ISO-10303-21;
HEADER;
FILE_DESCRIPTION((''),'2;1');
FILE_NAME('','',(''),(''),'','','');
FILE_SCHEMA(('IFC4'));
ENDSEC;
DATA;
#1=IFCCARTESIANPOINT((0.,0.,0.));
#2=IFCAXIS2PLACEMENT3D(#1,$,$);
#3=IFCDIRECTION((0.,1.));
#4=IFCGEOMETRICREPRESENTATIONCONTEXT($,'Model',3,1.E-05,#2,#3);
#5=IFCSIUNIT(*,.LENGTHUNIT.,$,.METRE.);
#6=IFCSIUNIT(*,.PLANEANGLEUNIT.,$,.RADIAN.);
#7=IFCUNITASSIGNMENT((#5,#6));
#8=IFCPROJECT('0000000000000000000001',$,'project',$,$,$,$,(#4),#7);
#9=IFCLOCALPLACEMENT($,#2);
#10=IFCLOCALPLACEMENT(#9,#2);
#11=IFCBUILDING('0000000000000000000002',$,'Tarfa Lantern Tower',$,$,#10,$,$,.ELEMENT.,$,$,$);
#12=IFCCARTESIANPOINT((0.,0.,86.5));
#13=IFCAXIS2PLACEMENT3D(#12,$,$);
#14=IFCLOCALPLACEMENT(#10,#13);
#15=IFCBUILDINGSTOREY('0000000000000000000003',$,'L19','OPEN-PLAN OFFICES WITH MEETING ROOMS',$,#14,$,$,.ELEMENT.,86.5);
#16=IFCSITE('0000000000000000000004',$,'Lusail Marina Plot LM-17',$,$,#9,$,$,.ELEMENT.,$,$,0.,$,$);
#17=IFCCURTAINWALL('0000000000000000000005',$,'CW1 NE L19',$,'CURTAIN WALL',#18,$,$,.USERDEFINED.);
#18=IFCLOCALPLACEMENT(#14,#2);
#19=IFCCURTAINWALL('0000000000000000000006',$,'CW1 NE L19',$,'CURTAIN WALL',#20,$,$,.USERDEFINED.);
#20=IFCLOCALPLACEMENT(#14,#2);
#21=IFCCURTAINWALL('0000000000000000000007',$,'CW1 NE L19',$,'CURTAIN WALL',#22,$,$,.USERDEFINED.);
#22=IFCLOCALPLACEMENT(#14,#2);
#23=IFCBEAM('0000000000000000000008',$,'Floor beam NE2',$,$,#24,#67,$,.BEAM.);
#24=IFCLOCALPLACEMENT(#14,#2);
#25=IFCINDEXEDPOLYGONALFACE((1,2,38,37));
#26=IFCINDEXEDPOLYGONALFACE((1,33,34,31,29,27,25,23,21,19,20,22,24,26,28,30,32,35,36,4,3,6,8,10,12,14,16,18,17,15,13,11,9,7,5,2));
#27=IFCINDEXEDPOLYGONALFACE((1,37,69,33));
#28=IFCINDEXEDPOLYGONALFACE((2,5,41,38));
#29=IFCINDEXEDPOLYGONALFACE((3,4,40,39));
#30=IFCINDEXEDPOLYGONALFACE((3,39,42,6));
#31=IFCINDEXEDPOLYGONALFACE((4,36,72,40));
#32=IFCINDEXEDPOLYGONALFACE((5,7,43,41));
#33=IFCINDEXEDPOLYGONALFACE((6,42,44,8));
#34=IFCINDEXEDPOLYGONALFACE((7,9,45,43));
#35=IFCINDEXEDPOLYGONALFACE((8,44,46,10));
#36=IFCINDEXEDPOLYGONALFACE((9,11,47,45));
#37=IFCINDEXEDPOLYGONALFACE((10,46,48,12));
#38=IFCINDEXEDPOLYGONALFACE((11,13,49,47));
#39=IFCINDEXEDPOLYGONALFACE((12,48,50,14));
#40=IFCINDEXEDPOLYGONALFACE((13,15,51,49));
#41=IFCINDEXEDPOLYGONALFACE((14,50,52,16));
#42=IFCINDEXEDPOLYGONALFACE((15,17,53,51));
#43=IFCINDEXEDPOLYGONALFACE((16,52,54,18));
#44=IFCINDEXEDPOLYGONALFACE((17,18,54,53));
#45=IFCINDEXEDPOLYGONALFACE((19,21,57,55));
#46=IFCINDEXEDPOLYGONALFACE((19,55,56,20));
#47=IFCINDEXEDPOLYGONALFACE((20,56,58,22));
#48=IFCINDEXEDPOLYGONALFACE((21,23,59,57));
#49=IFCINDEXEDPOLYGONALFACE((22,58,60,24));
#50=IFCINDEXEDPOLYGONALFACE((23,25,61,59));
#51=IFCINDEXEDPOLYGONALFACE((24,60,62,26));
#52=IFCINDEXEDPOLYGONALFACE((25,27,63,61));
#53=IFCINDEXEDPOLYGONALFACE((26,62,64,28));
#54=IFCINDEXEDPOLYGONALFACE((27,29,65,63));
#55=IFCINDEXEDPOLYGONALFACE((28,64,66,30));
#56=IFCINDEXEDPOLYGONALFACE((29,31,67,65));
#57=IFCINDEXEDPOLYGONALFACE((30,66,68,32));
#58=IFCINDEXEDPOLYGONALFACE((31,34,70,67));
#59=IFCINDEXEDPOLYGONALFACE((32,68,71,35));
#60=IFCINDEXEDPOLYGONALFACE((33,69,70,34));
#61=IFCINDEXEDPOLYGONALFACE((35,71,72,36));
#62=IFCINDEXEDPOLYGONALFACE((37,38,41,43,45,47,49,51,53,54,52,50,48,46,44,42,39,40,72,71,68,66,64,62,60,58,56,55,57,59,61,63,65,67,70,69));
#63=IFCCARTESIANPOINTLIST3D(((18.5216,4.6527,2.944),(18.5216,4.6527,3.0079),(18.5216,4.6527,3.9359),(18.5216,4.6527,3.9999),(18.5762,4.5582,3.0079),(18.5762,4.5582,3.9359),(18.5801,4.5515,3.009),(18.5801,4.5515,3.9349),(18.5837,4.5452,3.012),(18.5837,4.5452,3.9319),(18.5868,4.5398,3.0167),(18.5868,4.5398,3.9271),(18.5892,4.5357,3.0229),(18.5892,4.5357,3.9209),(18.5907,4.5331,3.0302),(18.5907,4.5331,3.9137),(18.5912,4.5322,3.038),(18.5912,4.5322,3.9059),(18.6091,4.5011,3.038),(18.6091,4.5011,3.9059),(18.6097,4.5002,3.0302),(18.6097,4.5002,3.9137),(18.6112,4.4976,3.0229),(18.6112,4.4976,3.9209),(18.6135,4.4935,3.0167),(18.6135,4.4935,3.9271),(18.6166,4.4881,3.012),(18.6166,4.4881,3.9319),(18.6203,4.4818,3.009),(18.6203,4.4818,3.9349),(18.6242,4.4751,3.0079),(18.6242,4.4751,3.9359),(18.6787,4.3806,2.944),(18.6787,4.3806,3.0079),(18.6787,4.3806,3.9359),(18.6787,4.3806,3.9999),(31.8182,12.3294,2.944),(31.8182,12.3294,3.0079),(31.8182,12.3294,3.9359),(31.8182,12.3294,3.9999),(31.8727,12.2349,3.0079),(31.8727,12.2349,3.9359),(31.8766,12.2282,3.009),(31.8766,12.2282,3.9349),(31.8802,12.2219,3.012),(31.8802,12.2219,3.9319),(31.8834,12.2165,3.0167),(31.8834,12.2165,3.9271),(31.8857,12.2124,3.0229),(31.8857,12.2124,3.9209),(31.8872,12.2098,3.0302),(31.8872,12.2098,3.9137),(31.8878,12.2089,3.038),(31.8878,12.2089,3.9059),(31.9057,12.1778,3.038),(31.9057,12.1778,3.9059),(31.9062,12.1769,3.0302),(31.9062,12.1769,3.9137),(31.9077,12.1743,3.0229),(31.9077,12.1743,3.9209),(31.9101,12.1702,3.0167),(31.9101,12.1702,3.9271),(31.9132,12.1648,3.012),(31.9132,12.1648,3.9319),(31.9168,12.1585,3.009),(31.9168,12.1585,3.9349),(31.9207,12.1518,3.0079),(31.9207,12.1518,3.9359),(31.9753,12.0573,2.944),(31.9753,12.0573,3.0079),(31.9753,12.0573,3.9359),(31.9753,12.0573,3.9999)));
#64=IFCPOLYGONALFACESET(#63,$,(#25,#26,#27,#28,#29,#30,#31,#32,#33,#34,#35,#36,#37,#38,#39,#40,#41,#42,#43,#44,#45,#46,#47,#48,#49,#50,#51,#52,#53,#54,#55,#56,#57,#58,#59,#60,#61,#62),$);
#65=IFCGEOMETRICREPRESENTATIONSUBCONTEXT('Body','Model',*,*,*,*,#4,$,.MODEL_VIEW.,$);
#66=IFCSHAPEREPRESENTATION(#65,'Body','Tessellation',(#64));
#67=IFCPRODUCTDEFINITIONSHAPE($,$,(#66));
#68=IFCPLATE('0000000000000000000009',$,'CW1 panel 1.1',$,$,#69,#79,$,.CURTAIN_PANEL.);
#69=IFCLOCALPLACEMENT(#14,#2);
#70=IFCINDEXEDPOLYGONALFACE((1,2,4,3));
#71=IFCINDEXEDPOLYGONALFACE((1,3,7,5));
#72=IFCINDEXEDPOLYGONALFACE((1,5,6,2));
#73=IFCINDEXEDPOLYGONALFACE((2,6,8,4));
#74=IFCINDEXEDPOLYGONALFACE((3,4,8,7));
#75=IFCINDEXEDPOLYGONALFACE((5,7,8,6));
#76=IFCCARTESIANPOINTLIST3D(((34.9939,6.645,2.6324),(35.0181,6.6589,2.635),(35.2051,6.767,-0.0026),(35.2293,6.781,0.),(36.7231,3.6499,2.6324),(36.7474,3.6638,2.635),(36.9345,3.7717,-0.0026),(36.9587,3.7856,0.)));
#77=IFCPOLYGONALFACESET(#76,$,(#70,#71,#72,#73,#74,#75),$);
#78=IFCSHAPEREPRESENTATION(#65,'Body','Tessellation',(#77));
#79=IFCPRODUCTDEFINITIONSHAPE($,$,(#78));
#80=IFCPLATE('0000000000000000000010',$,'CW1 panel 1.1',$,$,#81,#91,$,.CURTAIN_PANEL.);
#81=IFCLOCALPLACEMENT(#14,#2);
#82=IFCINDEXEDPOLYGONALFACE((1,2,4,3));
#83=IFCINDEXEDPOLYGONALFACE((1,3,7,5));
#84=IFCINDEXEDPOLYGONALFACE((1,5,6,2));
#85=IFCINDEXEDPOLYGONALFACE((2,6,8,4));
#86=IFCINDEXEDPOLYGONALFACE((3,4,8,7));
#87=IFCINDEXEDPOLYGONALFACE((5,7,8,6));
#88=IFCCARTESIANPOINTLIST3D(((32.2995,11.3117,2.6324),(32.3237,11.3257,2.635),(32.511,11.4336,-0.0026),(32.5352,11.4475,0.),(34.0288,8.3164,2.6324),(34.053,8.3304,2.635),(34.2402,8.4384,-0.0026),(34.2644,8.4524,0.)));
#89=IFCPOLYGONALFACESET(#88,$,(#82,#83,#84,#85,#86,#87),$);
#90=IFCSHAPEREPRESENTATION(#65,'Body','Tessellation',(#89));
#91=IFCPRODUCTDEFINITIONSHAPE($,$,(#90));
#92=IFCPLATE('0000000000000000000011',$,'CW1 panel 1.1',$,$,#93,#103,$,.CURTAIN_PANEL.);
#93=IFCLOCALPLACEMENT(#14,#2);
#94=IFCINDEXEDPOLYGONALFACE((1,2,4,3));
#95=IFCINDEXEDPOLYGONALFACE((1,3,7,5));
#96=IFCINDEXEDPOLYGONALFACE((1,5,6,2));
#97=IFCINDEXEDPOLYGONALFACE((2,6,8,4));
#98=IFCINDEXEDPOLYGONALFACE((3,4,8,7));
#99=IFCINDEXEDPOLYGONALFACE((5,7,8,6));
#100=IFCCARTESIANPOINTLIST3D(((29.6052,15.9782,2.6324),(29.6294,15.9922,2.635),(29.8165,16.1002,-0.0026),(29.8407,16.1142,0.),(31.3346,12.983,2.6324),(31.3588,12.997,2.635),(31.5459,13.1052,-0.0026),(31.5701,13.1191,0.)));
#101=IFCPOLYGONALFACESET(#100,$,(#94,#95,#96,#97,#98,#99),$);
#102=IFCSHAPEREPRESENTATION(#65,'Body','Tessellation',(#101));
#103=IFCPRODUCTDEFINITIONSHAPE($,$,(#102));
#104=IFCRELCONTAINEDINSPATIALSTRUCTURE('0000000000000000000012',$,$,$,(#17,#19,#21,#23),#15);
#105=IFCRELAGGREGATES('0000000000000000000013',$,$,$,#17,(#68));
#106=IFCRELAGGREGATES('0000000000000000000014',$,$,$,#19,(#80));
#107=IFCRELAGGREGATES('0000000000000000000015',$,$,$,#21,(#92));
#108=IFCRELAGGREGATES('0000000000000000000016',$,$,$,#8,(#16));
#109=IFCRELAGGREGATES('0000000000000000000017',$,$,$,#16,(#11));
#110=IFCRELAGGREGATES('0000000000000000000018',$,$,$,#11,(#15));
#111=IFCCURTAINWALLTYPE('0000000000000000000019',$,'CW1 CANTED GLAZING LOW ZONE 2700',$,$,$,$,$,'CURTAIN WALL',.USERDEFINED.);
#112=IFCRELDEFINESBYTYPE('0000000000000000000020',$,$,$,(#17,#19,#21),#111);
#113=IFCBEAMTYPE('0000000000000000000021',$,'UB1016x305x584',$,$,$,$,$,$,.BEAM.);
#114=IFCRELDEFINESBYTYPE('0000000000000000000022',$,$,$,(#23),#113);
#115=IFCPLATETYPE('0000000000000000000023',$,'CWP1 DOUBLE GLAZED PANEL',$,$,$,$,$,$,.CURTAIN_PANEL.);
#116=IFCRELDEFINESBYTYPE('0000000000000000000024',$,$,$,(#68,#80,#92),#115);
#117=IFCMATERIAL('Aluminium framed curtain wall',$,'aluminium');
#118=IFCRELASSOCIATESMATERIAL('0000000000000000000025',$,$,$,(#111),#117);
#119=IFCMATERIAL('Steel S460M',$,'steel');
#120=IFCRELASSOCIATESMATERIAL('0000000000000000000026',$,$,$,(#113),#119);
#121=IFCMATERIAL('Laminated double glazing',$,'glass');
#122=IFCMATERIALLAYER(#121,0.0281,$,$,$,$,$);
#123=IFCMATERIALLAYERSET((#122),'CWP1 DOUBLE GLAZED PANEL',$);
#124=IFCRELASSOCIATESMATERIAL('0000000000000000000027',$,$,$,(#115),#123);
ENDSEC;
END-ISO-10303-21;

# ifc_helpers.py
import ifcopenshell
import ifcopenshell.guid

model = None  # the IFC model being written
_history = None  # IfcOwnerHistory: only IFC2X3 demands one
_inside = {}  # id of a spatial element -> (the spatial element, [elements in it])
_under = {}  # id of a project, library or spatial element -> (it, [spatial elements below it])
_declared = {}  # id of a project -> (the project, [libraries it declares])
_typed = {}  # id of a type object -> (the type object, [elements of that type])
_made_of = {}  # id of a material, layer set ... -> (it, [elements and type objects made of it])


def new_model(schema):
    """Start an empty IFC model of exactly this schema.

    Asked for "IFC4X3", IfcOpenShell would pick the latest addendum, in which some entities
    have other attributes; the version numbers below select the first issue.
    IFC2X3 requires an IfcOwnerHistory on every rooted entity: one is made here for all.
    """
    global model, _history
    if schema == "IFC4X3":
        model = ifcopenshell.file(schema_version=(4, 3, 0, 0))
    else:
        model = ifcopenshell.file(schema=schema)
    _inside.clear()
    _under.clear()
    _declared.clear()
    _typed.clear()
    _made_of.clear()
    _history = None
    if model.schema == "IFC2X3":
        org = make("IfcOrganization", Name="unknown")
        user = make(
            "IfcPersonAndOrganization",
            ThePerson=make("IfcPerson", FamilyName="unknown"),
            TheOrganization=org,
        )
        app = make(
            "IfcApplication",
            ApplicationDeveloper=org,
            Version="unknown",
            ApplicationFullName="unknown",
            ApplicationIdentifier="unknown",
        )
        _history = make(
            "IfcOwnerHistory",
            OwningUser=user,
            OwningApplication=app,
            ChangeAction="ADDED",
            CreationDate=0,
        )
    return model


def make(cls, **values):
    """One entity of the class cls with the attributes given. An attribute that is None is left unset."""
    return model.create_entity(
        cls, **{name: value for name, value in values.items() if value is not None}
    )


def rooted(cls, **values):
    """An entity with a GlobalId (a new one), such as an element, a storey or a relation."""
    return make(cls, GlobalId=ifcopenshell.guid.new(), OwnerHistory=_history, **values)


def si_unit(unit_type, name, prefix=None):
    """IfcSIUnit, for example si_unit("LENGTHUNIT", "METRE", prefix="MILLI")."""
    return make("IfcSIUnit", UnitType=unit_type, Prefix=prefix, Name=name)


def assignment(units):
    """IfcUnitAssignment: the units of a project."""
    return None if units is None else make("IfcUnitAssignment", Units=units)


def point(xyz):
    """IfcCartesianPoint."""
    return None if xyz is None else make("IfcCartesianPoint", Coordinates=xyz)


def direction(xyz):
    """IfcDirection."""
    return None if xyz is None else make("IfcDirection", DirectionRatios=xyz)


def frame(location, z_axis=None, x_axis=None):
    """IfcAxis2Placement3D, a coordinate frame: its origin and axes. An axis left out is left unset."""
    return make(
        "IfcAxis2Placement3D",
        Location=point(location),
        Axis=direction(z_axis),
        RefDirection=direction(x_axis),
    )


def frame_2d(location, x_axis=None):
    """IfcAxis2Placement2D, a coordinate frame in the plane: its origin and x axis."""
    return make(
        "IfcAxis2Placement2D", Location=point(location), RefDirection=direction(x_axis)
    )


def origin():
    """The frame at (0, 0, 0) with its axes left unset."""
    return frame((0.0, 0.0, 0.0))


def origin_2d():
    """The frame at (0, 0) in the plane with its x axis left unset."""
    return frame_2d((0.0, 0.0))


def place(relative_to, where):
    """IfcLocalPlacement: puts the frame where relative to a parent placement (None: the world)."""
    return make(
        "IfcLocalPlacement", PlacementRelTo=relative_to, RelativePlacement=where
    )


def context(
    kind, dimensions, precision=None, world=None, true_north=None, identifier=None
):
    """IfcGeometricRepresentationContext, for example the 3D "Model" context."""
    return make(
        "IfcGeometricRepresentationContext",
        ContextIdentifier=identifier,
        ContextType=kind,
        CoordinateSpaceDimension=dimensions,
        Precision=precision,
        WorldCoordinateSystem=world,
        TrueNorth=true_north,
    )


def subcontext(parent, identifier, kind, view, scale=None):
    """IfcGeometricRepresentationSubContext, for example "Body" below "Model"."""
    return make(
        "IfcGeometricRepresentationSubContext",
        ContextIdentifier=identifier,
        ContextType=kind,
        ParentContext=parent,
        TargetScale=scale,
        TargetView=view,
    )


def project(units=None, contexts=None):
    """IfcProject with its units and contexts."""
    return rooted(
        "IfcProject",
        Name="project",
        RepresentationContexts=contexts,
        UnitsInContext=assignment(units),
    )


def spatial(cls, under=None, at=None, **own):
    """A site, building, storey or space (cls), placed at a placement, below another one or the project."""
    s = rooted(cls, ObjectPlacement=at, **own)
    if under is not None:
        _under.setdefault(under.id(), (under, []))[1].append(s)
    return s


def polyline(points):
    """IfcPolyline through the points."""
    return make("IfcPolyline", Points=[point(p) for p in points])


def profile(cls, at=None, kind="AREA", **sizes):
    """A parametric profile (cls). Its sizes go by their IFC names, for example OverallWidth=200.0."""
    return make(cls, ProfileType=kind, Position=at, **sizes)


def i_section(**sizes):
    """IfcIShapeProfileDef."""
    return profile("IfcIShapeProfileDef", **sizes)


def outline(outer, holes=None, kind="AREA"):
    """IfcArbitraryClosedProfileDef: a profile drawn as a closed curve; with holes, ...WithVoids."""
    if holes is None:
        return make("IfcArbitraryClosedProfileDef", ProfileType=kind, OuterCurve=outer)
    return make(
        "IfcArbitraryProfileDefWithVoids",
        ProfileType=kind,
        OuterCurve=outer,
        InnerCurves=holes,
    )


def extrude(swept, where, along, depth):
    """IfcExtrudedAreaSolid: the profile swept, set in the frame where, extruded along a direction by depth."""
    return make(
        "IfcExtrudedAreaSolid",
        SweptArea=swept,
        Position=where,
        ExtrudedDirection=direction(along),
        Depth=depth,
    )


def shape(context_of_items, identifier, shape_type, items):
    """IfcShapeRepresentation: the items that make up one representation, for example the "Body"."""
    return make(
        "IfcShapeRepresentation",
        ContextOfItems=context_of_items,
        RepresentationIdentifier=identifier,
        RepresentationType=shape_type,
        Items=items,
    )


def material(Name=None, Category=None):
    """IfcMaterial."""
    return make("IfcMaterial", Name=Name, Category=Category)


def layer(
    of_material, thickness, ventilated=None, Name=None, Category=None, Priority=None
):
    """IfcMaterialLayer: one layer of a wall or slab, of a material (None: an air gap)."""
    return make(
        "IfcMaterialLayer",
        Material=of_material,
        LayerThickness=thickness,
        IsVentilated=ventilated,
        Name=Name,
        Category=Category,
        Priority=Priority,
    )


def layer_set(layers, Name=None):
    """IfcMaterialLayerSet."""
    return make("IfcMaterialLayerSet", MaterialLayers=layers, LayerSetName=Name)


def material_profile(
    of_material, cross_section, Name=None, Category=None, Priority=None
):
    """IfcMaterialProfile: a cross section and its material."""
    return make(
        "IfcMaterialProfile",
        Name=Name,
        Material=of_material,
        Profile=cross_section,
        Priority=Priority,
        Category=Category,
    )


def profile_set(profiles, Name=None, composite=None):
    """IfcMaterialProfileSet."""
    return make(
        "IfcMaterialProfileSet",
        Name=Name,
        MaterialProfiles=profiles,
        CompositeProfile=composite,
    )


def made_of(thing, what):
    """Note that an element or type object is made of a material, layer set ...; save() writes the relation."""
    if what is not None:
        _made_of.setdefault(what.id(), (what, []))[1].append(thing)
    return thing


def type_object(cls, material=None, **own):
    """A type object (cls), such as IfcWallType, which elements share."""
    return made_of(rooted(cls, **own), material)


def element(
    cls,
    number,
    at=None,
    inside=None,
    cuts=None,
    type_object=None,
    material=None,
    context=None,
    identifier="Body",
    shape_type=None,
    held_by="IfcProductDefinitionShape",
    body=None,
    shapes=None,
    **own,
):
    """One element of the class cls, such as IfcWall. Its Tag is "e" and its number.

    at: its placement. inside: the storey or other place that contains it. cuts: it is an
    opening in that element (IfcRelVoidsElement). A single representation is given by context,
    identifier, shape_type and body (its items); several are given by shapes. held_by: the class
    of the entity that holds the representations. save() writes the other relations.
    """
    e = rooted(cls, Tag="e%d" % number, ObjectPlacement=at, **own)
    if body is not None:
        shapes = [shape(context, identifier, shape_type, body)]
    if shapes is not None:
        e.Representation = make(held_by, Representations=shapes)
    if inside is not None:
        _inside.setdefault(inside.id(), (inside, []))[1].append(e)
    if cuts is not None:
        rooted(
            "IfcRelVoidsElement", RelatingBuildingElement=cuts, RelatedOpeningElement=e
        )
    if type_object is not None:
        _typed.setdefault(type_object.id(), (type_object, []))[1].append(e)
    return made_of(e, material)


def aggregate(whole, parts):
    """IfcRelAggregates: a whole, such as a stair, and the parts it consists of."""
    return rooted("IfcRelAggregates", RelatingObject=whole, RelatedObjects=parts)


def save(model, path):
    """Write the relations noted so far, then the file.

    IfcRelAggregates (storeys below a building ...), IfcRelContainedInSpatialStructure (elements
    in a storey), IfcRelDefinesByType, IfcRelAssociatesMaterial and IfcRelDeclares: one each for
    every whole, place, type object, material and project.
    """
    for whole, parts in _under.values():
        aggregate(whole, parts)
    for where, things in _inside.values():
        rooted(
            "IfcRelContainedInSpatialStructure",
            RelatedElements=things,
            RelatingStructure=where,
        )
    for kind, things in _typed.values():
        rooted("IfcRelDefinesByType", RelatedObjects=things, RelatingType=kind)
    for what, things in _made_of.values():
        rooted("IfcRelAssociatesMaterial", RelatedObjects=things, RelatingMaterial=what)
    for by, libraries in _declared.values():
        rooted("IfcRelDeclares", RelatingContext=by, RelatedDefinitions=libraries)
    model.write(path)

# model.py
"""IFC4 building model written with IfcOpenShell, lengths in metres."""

from ifc_helpers import new_model, si_unit, direction, frame, origin, origin_2d, place, context, subcontext, project, spatial, polyline, i_section, outline, extrude, material, layer, layer_set, material_profile, profile_set, type_object, element, aggregate, save


model = new_model("IFC4")

# Units and contexts
model_context = context("Model", 3, precision=1e-05, world=origin(), true_north=direction((0.0, 1.0)))
body_context = subcontext(model_context, "Body", "Model", "MODEL_VIEW")
ifc_project = project(units=[si_unit("LENGTHUNIT", "METRE"), si_unit("PLANEANGLEUNIT", "RADIAN")], contexts=[model_context])

# Site, building, storey
site_placement = place(None, origin())
site = spatial("IfcSite", under=ifc_project, at=site_placement, Name="Lusail Marina Plot LM-17", CompositionType="ELEMENT", RefElevation=0.0)
building_placement = place(site_placement, origin())
building = spatial("IfcBuilding", under=site, at=building_placement, Name="Tarfa Lantern Tower", CompositionType="ELEMENT")
storey_placement = place(building_placement, frame((0.0, 0.0, 86.5)))
storey = spatial("IfcBuildingStorey", under=building, at=storey_placement, Name="L19", Description="OPEN-PLAN OFFICES WITH MEETING ROOMS", CompositionType="ELEMENT", Elevation=86.5)

# Curtain walls
ifc_material_1 = material(Name="Aluminium framed curtain wall", Category="aluminium")
curtain_wall_type = type_object("IfcCurtainWallType", Name="CW1 CANTED GLAZING LOW ZONE 2700", ElementType="CURTAIN WALL", PredefinedType="USERDEFINED", material=ifc_material_1)
curtain_wall_1_placement = place(storey_placement, origin())
curtain_wall_1 = element("IfcCurtainWall", 1, at=curtain_wall_1_placement, inside=storey, type_object=curtain_wall_type, Name="CW1 NE L19", ObjectType="CURTAIN WALL", PredefinedType="USERDEFINED")
curtain_wall_2_placement = place(storey_placement, origin())
curtain_wall_2 = element("IfcCurtainWall", 2, at=curtain_wall_2_placement, inside=storey, type_object=curtain_wall_type, Name="CW1 NE L19", ObjectType="CURTAIN WALL", PredefinedType="USERDEFINED")
curtain_wall_3_placement = place(storey_placement, origin())
curtain_wall_3 = element("IfcCurtainWall", 3, at=curtain_wall_3_placement, inside=storey, type_object=curtain_wall_type, Name="CW1 NE L19", ObjectType="CURTAIN WALL", PredefinedType="USERDEFINED")

# Beam
ifc_material_2 = material(Name="Steel S460M", Category="steel")
ifc_material_profile_1 = material_profile(ifc_material_2, i_section(OverallWidth=0.3142, OverallDepth=1.0559, WebThickness=0.0359, FlangeThickness=0.064, FilletRadius=0.03, at=origin_2d()), Name="UB1016x305x584")
ifc_profile_set_1 = profile_set([ifc_material_profile_1], Name="Steel S460M")
beam_type_1 = type_object("IfcBeamType", Name="UB1016x305x584", PredefinedType="BEAM", material=ifc_profile_set_1)
beam_1_placement = place(storey_placement, frame((31.8967, 12.1934, 3.4719), z_axis=(-0.866027, -0.499997, 0.0), x_axis=(0.499997, -0.866027, 0.0)))
element("IfcBeam", 4, at=beam_1_placement, inside=storey, type_object=beam_type_1, Name="Floor beam NE2", PredefinedType="BEAM", context=body_context, shape_type="SweptSolid", body=[
    extrude(i_section(OverallWidth=0.3142, OverallDepth=1.0559, WebThickness=0.0359, FlangeThickness=0.064, FilletRadius=0.03, at=origin_2d()), origin(), (0.0, 0.0, 1.0), 15.3535),
])

# Plates
ifc_material_3 = material(Name="Laminated double glazing", Category="glass")
ifc_layer = layer(ifc_material_3, 0.0281)
ifc_layer_set = layer_set([ifc_layer], Name="CWP1 DOUBLE GLAZED PANEL")
plate_type = type_object("IfcPlateType", Name="CWP1 DOUBLE GLAZED PANEL", PredefinedType="CURTAIN_PANEL", material=ifc_layer_set)
plate_1_placement = place(storey_placement, frame((36.9587, 3.7856, 0.0), z_axis=(0.862329, 0.497885, 0.092193), x_axis=(-0.500015, 0.866017, 0.000001)))
plate_1 = element("IfcPlate", 5, at=plate_1_placement, type_object=plate_type, Name="CW1 panel 1.1", PredefinedType="CURTAIN_PANEL", context=body_context, shape_type="SweptSolid", body=[
    extrude(outline(polyline([(0.0, 0.0), (3.4588, 0.0), (3.4587, 2.6463), (0.0002, 2.6463), (0.0, 0.0)])), origin(), (0.0, 0.0, -1.0), 0.0281),
])
aggregate(curtain_wall_1, [plate_1])
plate_2_placement = place(storey_placement, frame((34.2644, 8.4524, 0.0), z_axis=(0.862341, 0.497857, 0.092233), x_axis=(-0.499988, 0.866032, 0.000002)))
plate_2 = element("IfcPlate", 6, at=plate_2_placement, type_object=plate_type, Name="CW1 panel 1.1", PredefinedType="CURTAIN_PANEL", context=body_context, shape_type="SweptSolid", body=[
    extrude(outline(polyline([(0.0, 0.0), (3.4585, 0.0), (3.4587, 2.6463), (0.0, 2.6463), (0.0, 0.0)])), origin(), (0.0, 0.0, -1.0), 0.0281),
])
aggregate(curtain_wall_2, [plate_2])
plate_3_placement = place(storey_placement, frame((31.5701, 13.1191, 0.0), z_axis=(0.862318, 0.497899, 0.092216), x_axis=(-0.50003, 0.866008, -0.000003)))
plate_3 = element("IfcPlate", 7, at=plate_3_placement, type_object=plate_type, Name="CW1 panel 1.1", PredefinedType="CURTAIN_PANEL", context=body_context, shape_type="SweptSolid", body=[
    extrude(outline(polyline([(0.0, 0.0), (3.4585, 0.0), (3.4585, 2.6463), (-0.0001, 2.6463), (0.0, 0.0)])), origin(), (0.0, 0.0, -1.0), 0.0281),
])
aggregate(curtain_wall_3, [plate_3])

save(model, "model.ifc")
